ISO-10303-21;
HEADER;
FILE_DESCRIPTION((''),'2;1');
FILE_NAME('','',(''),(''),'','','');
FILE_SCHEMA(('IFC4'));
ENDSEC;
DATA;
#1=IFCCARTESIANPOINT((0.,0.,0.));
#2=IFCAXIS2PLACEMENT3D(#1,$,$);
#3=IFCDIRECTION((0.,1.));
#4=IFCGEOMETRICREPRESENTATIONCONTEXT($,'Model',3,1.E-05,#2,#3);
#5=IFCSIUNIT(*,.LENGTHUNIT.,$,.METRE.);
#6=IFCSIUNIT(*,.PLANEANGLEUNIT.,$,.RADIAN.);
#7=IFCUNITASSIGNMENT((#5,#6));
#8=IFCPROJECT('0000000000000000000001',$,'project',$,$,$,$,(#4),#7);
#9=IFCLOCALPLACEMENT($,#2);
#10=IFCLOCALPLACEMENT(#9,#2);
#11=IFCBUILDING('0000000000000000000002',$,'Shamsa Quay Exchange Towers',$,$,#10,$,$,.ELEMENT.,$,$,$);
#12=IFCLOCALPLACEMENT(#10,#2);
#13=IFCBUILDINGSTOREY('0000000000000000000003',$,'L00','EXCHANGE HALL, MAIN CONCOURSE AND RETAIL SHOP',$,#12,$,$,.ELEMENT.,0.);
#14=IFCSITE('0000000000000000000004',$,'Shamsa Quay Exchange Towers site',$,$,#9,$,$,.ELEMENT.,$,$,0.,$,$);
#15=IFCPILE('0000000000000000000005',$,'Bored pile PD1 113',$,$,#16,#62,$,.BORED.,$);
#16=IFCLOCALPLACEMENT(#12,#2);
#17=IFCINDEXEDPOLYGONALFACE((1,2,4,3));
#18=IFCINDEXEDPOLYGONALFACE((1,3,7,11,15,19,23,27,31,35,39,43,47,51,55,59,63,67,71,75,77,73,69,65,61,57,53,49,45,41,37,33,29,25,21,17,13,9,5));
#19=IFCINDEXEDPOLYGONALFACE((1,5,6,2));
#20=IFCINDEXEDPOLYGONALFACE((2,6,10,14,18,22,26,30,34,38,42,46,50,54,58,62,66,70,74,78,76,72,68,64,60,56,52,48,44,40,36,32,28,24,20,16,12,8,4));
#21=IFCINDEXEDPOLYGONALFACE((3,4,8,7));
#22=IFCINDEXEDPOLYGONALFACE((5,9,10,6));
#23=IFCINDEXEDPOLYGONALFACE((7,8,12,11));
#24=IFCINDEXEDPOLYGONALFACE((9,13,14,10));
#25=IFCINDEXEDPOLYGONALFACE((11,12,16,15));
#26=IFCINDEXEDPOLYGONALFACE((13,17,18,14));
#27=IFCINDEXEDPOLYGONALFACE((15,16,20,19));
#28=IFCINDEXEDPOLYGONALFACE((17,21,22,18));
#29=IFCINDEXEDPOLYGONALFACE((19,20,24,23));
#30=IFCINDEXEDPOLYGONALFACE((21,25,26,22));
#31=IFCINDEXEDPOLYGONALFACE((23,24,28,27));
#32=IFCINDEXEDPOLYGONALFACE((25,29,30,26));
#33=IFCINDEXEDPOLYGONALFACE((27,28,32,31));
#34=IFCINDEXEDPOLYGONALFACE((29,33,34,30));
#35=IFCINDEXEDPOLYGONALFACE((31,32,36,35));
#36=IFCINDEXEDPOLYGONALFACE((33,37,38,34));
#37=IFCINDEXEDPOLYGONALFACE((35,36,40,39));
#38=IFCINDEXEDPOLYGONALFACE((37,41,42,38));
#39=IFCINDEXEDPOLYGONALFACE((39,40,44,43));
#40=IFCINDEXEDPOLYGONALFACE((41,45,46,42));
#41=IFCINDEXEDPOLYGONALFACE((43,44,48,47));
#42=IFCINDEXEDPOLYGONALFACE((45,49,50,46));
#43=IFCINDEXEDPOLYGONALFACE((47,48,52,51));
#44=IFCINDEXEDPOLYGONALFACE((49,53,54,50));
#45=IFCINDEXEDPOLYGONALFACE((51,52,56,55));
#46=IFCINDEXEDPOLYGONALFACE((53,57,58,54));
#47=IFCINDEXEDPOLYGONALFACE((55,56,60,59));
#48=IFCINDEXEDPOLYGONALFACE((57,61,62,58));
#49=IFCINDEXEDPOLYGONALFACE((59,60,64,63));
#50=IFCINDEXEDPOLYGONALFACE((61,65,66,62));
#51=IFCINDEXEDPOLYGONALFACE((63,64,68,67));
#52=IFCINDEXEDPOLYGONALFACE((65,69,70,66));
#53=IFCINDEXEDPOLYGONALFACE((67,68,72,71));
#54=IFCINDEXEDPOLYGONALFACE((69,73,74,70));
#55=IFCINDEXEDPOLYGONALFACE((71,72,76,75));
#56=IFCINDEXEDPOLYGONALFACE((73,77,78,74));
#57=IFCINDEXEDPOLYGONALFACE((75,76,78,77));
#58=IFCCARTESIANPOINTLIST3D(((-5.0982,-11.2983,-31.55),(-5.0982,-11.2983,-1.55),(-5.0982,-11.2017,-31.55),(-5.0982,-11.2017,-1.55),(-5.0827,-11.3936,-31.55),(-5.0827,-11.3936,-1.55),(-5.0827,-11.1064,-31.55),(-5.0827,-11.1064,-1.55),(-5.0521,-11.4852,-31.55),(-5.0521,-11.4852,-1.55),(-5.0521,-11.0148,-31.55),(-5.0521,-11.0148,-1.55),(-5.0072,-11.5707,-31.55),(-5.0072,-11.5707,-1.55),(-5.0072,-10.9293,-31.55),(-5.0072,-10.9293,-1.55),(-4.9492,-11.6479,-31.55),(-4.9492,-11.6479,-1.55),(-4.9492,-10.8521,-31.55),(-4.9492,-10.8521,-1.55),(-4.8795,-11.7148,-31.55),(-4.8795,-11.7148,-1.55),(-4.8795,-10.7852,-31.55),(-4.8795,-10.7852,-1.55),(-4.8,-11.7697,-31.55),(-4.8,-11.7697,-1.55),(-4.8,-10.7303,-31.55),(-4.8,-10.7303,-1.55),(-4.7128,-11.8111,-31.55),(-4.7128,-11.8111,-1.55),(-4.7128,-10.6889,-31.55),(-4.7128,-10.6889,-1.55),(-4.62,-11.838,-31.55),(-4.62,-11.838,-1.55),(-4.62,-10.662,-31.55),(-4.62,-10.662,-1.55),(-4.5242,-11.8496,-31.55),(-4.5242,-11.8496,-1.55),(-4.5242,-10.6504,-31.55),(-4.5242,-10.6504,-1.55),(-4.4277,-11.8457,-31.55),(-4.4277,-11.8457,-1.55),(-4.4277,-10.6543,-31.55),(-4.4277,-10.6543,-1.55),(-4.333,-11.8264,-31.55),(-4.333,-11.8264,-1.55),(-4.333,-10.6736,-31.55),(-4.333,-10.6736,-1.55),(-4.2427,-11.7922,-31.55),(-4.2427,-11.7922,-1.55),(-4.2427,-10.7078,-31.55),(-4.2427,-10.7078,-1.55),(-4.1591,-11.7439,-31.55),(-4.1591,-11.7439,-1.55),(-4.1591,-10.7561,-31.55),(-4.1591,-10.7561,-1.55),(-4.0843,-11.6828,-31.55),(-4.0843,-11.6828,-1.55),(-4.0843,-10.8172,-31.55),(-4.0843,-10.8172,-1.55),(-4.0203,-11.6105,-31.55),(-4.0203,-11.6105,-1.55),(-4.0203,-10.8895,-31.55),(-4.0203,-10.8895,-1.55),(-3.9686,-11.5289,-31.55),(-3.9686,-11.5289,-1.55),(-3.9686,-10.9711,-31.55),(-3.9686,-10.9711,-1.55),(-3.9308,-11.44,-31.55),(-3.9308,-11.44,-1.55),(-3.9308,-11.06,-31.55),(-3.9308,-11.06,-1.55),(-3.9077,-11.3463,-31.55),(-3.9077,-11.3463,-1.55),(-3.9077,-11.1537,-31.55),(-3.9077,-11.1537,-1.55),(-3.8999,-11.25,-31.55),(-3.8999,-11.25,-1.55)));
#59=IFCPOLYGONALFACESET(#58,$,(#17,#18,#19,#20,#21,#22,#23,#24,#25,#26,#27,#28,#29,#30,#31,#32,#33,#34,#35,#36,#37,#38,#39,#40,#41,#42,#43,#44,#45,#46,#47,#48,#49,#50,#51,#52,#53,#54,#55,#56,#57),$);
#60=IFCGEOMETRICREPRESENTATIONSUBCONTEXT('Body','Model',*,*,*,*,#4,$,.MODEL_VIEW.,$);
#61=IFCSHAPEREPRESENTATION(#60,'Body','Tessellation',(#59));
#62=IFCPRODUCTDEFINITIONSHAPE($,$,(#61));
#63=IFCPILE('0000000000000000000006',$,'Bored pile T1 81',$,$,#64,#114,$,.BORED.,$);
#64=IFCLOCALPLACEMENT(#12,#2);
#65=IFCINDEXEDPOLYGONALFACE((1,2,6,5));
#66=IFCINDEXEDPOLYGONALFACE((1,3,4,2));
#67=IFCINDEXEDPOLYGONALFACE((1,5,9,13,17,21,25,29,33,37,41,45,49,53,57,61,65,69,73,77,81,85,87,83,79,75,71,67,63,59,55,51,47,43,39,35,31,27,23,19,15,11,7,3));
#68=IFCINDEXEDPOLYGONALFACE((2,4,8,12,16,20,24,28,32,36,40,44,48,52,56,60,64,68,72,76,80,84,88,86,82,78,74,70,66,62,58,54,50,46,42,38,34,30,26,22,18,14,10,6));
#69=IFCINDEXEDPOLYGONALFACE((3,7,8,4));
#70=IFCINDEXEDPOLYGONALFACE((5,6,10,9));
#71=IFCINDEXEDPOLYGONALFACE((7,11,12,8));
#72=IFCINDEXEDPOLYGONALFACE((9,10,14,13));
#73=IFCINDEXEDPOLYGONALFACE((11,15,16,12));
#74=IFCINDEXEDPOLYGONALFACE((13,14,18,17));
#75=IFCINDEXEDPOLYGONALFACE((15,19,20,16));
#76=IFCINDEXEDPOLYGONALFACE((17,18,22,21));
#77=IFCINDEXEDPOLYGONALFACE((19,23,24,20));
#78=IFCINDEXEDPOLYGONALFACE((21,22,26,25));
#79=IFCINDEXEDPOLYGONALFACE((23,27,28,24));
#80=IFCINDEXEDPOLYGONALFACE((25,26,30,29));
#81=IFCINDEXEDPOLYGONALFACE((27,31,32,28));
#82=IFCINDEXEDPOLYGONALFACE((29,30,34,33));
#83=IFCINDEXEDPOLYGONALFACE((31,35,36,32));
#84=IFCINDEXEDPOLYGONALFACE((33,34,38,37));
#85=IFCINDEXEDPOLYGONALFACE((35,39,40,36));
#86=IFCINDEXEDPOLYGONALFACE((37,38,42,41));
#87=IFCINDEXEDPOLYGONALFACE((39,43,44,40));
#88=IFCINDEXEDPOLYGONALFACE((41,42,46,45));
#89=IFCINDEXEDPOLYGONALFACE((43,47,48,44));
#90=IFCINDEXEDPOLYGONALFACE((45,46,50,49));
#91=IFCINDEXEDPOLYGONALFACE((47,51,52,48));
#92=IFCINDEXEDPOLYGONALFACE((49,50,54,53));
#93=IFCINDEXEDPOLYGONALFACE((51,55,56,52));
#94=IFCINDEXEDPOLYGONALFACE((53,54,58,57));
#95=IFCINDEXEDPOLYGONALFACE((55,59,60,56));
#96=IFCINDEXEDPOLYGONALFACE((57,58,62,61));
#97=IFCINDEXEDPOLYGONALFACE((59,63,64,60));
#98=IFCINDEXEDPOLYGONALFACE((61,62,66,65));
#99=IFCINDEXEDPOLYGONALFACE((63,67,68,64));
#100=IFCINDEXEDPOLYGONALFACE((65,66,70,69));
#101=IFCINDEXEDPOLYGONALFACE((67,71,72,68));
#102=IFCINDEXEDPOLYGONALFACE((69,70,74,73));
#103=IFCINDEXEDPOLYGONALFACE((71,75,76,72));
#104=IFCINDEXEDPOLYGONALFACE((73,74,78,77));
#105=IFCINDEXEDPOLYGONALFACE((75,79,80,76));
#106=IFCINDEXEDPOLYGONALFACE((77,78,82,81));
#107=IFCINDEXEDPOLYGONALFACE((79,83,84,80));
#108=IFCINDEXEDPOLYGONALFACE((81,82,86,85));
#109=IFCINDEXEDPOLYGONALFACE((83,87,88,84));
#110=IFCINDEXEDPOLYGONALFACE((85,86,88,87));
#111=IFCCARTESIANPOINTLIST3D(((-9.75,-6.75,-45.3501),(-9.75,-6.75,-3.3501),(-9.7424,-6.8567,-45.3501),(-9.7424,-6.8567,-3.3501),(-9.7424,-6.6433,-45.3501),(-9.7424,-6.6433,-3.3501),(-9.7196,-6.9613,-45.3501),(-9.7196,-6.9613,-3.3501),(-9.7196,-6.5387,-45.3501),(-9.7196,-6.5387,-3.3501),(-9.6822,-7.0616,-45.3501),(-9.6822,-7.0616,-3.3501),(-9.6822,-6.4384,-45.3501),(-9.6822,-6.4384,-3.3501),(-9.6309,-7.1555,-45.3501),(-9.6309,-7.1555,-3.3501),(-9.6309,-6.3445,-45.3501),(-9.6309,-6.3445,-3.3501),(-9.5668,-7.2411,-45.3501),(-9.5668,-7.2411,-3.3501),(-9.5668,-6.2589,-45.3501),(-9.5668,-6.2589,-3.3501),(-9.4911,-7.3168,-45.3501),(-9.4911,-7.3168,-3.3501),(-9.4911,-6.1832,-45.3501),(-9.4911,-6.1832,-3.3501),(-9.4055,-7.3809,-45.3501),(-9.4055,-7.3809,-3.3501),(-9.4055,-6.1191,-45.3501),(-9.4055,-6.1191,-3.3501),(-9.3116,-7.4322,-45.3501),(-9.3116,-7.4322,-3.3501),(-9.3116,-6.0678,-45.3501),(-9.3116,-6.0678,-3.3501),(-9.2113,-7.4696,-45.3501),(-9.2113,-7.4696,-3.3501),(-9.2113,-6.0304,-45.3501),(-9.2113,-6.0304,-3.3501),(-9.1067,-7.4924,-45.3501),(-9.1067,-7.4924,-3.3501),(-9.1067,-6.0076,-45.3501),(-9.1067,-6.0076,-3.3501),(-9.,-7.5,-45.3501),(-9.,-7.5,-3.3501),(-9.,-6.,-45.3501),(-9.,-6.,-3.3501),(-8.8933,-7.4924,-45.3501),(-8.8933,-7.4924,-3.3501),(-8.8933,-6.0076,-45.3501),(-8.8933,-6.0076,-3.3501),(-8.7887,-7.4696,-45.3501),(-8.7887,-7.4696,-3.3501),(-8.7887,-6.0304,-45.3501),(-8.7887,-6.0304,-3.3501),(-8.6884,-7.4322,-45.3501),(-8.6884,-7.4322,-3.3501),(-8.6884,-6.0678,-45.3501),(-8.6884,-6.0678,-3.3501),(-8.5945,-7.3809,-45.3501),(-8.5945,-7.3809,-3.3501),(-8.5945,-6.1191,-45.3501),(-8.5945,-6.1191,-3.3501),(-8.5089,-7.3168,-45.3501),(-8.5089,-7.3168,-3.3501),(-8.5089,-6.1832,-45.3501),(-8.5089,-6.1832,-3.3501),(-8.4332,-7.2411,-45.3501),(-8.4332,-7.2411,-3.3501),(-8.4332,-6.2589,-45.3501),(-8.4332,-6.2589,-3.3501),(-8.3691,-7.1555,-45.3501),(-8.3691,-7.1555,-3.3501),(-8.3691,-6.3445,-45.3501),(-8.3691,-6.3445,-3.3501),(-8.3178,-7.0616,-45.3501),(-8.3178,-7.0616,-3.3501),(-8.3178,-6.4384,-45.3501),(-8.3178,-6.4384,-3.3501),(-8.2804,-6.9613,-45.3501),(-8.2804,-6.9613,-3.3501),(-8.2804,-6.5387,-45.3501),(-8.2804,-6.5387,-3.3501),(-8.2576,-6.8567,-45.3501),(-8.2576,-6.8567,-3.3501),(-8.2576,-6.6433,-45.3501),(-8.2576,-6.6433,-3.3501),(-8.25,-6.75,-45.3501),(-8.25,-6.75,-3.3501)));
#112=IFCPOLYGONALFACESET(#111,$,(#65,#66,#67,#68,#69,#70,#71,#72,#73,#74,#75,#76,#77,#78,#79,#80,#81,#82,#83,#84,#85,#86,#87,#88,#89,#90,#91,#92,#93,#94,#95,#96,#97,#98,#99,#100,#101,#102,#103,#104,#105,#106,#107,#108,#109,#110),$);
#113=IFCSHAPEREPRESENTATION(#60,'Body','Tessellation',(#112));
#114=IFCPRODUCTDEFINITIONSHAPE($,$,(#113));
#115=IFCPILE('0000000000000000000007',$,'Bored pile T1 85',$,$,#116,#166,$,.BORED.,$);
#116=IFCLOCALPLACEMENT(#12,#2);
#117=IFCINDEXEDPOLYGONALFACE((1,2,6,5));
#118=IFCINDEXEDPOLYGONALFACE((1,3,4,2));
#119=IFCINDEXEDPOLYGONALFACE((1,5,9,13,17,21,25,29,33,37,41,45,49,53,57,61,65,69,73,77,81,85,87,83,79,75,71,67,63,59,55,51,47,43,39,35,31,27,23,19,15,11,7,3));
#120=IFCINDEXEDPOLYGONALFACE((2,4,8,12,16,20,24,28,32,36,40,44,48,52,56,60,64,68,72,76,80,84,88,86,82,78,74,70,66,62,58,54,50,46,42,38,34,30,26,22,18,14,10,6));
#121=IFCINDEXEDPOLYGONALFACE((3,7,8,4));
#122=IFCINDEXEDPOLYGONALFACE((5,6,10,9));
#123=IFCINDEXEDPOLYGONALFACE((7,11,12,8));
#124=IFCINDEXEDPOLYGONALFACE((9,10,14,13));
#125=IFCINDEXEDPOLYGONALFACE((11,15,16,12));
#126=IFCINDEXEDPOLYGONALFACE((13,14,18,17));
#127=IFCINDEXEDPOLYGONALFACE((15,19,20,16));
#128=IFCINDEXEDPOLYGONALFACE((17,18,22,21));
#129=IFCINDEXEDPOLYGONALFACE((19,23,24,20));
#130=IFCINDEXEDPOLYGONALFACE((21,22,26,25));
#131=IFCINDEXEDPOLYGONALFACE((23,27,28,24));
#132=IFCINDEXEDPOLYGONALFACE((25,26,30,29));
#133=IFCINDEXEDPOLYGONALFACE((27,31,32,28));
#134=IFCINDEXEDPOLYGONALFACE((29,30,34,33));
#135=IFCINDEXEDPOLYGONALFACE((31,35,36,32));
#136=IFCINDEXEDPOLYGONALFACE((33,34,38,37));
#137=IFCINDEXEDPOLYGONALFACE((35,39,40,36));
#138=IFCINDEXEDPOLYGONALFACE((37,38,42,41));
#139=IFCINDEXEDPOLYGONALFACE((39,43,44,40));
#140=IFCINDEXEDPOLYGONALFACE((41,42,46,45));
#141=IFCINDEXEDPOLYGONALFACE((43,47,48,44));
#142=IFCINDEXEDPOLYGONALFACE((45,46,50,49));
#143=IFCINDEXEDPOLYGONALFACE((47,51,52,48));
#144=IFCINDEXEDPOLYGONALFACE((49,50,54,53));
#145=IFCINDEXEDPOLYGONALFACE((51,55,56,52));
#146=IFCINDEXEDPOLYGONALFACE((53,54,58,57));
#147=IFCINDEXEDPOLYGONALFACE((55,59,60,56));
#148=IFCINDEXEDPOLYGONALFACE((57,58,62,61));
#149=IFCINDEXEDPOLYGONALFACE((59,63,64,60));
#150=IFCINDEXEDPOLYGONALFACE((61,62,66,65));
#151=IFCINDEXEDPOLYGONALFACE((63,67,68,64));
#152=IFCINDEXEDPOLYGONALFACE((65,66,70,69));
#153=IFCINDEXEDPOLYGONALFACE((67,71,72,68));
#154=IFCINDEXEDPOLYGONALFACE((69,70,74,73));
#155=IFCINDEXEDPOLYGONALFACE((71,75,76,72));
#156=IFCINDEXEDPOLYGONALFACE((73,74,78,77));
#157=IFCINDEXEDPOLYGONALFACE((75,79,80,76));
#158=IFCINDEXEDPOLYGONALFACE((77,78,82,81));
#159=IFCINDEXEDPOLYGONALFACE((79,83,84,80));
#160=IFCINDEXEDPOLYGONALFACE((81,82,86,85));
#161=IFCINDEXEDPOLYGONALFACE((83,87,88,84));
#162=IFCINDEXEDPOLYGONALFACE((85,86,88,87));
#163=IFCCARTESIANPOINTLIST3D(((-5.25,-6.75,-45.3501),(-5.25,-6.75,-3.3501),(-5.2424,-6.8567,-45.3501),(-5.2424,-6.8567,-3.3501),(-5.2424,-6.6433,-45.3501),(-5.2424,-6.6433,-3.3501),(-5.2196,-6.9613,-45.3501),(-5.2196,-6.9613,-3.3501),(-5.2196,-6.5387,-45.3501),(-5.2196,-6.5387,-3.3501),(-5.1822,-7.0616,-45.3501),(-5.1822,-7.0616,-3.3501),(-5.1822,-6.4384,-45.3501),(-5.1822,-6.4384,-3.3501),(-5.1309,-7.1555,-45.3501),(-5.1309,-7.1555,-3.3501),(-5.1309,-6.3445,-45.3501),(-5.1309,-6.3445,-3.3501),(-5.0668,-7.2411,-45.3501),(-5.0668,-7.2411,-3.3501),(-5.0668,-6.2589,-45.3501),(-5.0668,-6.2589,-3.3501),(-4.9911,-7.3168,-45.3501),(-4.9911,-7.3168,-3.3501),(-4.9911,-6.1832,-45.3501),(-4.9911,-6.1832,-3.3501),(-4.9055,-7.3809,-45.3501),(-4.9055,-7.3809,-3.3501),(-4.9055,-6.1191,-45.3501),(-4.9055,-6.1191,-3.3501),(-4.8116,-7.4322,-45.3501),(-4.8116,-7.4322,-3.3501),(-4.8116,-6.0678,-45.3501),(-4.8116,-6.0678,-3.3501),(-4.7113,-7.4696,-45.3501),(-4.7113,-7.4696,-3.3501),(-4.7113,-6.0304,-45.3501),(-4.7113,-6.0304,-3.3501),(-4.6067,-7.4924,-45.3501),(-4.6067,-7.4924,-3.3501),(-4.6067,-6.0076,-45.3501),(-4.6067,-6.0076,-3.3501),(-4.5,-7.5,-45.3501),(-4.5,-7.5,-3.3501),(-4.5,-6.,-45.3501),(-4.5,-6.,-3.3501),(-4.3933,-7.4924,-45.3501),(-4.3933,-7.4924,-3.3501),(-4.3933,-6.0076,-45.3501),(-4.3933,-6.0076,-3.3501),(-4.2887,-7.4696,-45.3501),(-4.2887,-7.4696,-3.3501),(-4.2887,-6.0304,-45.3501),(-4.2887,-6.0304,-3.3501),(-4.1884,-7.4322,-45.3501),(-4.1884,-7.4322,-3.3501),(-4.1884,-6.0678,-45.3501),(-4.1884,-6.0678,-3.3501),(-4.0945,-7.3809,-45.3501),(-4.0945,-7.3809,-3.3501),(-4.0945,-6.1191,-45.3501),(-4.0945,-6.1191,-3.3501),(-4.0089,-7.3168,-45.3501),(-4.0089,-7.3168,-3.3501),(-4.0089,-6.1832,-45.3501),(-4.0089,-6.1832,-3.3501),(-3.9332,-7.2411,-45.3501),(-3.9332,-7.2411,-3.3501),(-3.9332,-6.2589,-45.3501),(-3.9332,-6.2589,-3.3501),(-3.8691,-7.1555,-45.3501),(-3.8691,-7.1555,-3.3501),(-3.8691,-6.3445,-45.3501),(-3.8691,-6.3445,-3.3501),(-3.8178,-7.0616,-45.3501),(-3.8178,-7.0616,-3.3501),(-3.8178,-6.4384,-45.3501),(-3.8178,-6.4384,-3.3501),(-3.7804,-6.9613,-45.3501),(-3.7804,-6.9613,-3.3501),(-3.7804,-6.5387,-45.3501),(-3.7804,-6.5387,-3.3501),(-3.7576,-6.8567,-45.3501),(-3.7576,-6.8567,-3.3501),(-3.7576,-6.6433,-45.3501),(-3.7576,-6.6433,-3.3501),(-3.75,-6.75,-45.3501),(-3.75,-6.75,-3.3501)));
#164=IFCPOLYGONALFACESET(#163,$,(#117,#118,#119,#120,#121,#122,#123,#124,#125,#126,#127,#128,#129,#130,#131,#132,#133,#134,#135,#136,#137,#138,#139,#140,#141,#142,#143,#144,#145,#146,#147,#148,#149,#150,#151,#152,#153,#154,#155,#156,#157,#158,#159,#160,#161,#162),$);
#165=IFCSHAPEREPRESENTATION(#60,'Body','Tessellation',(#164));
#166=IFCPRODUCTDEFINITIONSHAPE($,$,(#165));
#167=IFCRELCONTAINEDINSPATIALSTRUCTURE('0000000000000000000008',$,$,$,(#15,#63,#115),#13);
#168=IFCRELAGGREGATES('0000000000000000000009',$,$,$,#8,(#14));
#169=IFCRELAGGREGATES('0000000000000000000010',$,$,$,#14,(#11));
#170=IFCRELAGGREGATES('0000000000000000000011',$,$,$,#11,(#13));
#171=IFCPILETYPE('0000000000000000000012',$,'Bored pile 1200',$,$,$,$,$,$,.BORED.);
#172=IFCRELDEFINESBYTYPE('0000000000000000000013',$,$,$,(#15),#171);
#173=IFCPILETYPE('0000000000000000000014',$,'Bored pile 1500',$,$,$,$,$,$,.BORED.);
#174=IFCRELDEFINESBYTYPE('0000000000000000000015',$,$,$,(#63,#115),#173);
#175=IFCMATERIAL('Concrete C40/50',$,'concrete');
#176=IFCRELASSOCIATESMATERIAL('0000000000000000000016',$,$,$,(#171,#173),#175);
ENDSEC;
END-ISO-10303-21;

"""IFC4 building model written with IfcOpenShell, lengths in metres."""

from ifc_helpers import new_model, si_unit, direction, frame, origin, origin_2d, place, context, subcontext, project, spatial, circle, extrude, material, material_profile, profile_set, type_object, element, save


model = new_model("IFC4")

# Units and contexts
model_context = context("Model", 3, precision=1e-05, world=origin(), true_north=direction((0.0, 1.0)))
body_context = subcontext(model_context, "Body", "Model", "MODEL_VIEW")
ifc_project = project(units=[si_unit("LENGTHUNIT", "METRE"), si_unit("PLANEANGLEUNIT", "RADIAN")], contexts=[model_context])

# Site, building, storey
site_placement = place(None, origin())
site = spatial("IfcSite", under=ifc_project, at=site_placement, Name="Shamsa Quay Exchange Towers site", CompositionType="ELEMENT", RefElevation=0.0)
building_placement = place(site_placement, origin())
building = spatial("IfcBuilding", under=site, at=building_placement, Name="Shamsa Quay Exchange Towers", CompositionType="ELEMENT")
storey_placement = place(building_placement, origin())
storey = spatial("IfcBuildingStorey", under=building, at=storey_placement, Name="L00", Description="EXCHANGE HALL, MAIN CONCOURSE AND RETAIL SHOP", CompositionType="ELEMENT", Elevation=0.0)

# Piles
ifc_material_1 = material(Name="Concrete C40/50", Category="concrete")
ifc_material_profile_1 = material_profile(ifc_material_1, circle(Radius=0.6001, at=origin_2d()), Name="BP1200")
ifc_profile_set_1 = profile_set([ifc_material_profile_1], Name="Concrete C40/50")
pile_type_1 = type_object("IfcPileType", Name="Bored pile 1200", PredefinedType="BORED", material=ifc_profile_set_1)
for number, where, z_axis, x_axis, name in (
    (1, (-4.5, -11.25, -1.55), (0.0, 0.0, -1.0), (1.0, 0.0, 0.0), "Bored pile PD1 113"),
):
    element("IfcPile", number, at=place(storey_placement, frame(where, z_axis=z_axis, x_axis=x_axis)), inside=storey, type_object=pile_type_1, Name=name, PredefinedType="BORED", context=body_context, shape_type="SweptSolid", body=[
        extrude(circle(Radius=0.6001, at=origin_2d()), origin(), (0.0, 0.0, 1.0), 30.0),
    ])
ifc_material_profile_2 = material_profile(ifc_material_1, circle(Radius=0.75, at=origin_2d()), Name="BP1500")
ifc_profile_set_2 = profile_set([ifc_material_profile_2], Name="Concrete C40/50")
pile_type_2 = type_object("IfcPileType", Name="Bored pile 1500", PredefinedType="BORED", material=ifc_profile_set_2)
for number, where, z_axis, x_axis, name in (
    (2, (-9.0, -6.75, -3.3501), (0.0, 0.0, -1.0), (1.0, 0.0, 0.0), "Bored pile T1 81"),
    (3, (-4.5, -6.75, -3.3501), (0.0, 0.0, -1.0), (1.0, 0.0, 0.0), "Bored pile T1 85"),
):
    element("IfcPile", number, at=place(storey_placement, frame(where, z_axis=z_axis, x_axis=x_axis)), inside=storey, type_object=pile_type_2, Name=name, PredefinedType="BORED", context=body_context, shape_type="SweptSolid", body=[
        extrude(circle(Radius=0.75, at=origin_2d()), origin(), (0.0, 0.0, 1.0), 42.0),
    ])

save(model, "model.ifc")
